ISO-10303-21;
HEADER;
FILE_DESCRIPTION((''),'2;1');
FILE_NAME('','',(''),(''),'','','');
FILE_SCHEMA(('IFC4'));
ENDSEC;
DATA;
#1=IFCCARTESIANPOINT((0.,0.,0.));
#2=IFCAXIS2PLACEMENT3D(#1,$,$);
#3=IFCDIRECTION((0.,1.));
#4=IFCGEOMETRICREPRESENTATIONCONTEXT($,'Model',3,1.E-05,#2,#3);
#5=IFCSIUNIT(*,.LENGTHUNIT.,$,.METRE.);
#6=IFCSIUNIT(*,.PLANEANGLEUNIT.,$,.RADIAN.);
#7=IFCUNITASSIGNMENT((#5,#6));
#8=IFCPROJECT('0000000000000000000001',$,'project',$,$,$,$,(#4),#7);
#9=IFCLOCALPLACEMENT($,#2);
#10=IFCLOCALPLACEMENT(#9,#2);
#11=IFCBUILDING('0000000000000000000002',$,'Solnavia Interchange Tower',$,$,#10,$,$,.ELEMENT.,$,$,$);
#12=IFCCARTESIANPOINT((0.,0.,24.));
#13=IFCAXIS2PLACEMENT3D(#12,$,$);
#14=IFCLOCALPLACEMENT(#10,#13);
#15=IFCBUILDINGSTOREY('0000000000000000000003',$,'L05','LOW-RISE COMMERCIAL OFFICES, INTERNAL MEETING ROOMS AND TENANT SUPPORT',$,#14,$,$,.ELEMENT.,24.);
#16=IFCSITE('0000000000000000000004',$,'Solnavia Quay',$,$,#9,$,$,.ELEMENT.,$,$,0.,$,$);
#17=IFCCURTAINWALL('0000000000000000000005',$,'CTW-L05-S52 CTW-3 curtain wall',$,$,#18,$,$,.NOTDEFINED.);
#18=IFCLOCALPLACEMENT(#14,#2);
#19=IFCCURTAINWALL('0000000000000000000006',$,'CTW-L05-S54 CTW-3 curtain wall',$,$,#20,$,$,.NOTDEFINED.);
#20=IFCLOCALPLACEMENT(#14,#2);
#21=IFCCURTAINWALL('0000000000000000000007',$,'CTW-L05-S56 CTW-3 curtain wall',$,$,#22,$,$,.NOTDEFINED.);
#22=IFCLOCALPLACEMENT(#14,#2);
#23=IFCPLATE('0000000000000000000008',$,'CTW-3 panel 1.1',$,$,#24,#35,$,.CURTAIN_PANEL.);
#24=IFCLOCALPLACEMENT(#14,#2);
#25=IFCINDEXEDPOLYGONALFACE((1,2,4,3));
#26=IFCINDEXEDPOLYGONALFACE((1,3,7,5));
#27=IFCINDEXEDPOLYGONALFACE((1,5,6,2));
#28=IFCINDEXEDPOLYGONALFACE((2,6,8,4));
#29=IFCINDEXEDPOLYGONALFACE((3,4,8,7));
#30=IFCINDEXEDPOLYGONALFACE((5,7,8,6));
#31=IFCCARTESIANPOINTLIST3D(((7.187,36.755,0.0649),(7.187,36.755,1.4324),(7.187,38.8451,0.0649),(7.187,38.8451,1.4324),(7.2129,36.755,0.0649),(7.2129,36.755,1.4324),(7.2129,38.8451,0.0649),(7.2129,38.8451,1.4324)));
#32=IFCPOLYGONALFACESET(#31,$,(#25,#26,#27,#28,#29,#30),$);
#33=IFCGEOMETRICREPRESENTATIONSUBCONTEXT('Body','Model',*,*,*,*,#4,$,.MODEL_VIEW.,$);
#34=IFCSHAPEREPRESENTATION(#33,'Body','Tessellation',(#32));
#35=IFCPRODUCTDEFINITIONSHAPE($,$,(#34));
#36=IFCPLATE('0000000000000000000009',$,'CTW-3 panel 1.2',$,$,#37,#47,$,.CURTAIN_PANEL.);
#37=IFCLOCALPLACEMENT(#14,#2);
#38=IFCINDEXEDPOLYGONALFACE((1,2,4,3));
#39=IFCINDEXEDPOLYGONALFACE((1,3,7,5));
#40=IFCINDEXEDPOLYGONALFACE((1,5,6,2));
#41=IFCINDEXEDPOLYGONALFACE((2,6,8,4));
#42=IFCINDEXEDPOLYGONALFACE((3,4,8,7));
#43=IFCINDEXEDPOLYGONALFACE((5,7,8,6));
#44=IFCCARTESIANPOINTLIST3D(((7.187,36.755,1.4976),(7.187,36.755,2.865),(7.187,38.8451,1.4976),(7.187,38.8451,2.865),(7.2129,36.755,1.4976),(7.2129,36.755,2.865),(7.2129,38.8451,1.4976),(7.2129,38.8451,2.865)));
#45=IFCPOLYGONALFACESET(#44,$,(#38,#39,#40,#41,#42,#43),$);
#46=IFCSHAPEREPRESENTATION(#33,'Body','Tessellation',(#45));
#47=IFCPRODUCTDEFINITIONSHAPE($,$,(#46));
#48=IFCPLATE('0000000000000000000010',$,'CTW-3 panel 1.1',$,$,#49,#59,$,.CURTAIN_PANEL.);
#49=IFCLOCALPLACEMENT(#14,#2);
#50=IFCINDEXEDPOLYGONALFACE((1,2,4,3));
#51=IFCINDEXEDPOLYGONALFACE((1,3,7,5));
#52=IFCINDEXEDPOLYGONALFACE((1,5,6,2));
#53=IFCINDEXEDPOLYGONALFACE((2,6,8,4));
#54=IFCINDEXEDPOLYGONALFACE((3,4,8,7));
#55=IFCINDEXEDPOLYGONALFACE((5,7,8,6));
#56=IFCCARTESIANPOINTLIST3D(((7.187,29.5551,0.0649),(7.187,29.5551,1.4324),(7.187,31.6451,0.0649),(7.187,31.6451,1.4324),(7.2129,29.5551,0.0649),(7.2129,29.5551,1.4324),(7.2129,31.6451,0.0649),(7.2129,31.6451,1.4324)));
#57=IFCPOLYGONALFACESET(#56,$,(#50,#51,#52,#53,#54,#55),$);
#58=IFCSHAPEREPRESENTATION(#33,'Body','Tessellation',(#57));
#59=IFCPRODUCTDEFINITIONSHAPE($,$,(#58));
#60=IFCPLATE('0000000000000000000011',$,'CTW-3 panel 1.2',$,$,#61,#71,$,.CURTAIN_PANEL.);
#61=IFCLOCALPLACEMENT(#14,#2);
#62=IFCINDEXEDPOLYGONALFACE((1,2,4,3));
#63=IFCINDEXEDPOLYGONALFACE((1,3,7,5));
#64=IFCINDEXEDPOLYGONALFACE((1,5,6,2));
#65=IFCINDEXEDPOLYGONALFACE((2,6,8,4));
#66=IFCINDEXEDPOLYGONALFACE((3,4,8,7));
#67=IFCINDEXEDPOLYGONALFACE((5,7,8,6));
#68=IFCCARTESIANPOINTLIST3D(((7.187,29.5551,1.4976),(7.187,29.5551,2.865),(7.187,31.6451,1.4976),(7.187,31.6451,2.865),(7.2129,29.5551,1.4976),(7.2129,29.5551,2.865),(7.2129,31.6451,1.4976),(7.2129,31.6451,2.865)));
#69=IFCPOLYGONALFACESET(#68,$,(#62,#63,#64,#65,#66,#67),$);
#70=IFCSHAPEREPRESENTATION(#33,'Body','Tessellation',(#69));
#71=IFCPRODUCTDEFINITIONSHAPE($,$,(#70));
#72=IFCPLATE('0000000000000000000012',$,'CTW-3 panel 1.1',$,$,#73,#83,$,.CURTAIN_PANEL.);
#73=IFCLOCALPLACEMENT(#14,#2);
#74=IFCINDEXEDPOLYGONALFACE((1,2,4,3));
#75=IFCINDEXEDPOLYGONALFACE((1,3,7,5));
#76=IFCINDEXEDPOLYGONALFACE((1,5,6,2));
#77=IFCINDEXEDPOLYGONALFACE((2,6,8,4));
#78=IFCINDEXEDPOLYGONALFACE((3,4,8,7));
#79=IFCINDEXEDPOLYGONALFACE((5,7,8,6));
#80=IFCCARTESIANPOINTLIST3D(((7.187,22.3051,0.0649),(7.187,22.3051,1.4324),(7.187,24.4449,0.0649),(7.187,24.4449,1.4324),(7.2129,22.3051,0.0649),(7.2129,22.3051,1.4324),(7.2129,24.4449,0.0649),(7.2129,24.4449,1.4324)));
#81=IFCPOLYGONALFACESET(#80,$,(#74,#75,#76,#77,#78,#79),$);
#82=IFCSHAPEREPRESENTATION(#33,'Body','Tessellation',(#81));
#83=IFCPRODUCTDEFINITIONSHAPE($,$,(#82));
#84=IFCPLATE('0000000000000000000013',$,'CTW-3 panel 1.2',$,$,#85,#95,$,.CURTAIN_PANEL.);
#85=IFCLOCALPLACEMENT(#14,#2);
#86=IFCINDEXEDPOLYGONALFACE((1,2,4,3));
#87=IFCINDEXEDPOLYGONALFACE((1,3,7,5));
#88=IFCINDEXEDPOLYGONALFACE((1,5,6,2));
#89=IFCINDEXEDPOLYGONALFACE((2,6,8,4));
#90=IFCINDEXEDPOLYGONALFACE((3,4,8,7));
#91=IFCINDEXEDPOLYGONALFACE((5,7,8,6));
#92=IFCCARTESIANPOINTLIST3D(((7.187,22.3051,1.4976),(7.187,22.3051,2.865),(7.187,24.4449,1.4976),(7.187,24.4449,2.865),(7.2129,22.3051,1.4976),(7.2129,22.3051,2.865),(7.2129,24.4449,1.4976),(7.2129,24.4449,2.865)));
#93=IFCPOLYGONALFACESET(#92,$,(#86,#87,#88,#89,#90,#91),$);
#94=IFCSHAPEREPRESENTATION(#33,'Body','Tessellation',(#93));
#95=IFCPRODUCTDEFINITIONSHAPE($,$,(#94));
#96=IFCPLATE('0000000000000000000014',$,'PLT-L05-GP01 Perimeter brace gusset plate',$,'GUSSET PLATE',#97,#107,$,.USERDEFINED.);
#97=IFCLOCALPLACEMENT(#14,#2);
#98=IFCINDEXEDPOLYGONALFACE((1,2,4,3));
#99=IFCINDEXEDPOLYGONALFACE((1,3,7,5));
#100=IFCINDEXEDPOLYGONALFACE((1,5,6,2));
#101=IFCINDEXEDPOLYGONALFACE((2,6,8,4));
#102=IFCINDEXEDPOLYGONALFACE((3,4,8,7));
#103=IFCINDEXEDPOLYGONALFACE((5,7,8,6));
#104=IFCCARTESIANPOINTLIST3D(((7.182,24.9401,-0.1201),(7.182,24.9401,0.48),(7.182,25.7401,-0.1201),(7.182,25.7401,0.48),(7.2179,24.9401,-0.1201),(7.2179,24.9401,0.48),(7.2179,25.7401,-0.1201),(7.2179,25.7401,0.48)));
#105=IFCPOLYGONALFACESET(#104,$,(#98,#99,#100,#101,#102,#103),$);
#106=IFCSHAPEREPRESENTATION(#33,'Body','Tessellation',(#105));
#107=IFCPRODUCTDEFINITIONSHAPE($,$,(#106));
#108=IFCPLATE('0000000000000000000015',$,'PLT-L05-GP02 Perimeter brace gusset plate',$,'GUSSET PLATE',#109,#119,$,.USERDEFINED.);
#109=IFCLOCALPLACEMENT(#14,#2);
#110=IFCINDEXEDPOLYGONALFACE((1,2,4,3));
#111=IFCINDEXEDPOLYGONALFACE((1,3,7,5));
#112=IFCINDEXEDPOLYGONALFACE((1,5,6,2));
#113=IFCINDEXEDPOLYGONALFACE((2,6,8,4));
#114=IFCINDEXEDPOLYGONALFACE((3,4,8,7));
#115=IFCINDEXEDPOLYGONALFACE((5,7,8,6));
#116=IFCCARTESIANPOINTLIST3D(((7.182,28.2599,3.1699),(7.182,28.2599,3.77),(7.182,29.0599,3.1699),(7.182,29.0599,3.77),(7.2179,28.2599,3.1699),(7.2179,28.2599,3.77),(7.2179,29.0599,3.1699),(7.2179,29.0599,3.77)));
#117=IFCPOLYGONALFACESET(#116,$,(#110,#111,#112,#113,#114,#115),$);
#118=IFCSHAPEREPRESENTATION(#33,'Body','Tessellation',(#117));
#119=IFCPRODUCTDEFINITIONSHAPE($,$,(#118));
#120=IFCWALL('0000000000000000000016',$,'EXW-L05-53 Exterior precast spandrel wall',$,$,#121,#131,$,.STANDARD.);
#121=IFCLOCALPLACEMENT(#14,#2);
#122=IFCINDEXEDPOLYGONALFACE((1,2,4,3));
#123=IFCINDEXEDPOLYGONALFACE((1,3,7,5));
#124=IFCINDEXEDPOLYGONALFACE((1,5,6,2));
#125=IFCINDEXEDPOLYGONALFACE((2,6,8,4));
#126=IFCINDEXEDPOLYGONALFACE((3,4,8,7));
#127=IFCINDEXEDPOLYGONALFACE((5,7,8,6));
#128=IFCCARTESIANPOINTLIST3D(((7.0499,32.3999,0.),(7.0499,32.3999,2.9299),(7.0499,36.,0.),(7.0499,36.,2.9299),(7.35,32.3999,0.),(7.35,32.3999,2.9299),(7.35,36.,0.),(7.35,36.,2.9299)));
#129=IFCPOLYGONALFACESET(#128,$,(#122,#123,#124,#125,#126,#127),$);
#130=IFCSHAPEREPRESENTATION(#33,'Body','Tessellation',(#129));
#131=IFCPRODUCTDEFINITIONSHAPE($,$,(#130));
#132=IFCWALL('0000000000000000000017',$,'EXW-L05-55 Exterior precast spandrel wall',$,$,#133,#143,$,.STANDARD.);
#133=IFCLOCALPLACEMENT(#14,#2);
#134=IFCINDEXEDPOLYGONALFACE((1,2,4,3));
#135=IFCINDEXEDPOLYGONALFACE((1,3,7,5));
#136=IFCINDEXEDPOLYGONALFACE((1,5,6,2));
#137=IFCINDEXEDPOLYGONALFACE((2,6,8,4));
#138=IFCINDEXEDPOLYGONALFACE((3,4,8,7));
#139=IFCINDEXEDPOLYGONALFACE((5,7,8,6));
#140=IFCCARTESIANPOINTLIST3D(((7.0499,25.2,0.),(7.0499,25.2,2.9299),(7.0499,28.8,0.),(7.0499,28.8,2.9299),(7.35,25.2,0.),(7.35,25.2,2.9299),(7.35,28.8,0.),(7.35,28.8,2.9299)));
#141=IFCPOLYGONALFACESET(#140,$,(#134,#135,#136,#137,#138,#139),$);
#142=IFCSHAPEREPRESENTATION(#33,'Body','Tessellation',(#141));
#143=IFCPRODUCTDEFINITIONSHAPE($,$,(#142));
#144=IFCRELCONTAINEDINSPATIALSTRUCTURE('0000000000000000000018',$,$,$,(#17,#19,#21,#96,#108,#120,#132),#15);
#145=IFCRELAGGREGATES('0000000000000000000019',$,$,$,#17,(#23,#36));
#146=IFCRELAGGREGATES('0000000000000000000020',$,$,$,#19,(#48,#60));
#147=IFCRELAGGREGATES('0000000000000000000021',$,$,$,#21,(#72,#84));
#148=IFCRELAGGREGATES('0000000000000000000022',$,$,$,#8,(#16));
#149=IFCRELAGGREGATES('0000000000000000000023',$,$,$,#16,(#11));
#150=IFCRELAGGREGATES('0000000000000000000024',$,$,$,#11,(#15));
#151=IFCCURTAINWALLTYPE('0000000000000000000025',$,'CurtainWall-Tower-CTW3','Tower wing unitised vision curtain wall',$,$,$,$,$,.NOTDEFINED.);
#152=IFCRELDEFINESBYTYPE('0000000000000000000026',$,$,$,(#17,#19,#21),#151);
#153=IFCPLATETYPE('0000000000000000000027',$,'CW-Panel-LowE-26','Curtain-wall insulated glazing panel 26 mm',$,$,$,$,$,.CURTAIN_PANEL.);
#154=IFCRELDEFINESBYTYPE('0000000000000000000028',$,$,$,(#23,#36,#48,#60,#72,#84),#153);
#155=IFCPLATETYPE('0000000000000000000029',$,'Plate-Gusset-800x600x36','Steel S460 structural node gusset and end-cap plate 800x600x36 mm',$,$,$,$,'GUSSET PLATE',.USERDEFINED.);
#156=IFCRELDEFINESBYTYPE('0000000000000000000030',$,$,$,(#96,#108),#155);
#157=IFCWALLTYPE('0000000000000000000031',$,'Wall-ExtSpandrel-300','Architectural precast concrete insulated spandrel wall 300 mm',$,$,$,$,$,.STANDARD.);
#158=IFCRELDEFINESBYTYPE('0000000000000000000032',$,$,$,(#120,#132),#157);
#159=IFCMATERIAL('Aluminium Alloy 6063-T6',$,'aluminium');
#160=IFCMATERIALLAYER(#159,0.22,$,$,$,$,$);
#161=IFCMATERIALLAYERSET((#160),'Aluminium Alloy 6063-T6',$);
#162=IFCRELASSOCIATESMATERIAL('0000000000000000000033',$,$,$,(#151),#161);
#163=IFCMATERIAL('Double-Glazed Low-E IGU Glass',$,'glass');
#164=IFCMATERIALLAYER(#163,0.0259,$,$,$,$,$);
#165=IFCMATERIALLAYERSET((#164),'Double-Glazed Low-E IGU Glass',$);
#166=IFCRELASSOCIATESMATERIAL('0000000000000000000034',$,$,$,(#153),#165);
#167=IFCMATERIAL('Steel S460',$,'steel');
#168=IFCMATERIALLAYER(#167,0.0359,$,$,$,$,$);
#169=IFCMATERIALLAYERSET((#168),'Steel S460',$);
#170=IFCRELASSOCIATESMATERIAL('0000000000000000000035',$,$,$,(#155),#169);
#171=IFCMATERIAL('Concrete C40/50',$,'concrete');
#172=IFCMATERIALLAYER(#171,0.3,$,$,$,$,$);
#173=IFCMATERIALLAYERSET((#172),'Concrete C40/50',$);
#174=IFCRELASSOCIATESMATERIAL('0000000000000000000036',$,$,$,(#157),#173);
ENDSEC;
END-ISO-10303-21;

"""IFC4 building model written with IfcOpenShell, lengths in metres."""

from ifc_helpers import new_model, si_unit, direction, frame, frame_2d, origin, origin_2d, place, context, subcontext, project, spatial, rectangle, extrude, material, layer, layer_set, type_object, element, aggregate, save


model = new_model("IFC4")

# Units and contexts
model_context = context("Model", 3, precision=1e-05, world=origin(), true_north=direction((0.0, 1.0)))
body_context = subcontext(model_context, "Body", "Model", "MODEL_VIEW")
ifc_project = project(units=[si_unit("LENGTHUNIT", "METRE"), si_unit("PLANEANGLEUNIT", "RADIAN")], contexts=[model_context])

# Site, building, storey
site_placement = place(None, origin())
site = spatial("IfcSite", under=ifc_project, at=site_placement, Name="Solnavia Quay", CompositionType="ELEMENT", RefElevation=0.0)
building_placement = place(site_placement, origin())
building = spatial("IfcBuilding", under=site, at=building_placement, Name="Solnavia Interchange Tower", CompositionType="ELEMENT")
storey_placement = place(building_placement, frame((0.0, 0.0, 24.0)))
storey = spatial("IfcBuildingStorey", under=building, at=storey_placement, Name="L05", Description="LOW-RISE COMMERCIAL OFFICES, INTERNAL MEETING ROOMS AND TENANT SUPPORT", CompositionType="ELEMENT", Elevation=24.0)

# Shared definitions
ifc_material_1 = material(Name="Steel S460", Category="steel")

# Curtain wall
ifc_material_2 = material(Name="Aluminium Alloy 6063-T6", Category="aluminium")
ifc_layer_1 = layer(ifc_material_2, 0.22)
ifc_layer_set_1 = layer_set([ifc_layer_1], Name="Aluminium Alloy 6063-T6")
curtain_wall_type = type_object("IfcCurtainWallType", Name="CurtainWall-Tower-CTW3", Description="Tower wing unitised vision curtain wall", PredefinedType="NOTDEFINED", material=ifc_layer_set_1)
curtain_wall_1_placement = place(storey_placement, origin())
curtain_wall_1 = element("IfcCurtainWall", 1, at=curtain_wall_1_placement, inside=storey, type_object=curtain_wall_type, Name="CTW-L05-S52 CTW-3 curtain wall", PredefinedType="NOTDEFINED")

# Curtain wall
curtain_wall_2_placement = place(storey_placement, origin())
curtain_wall_2 = element("IfcCurtainWall", 2, at=curtain_wall_2_placement, inside=storey, type_object=curtain_wall_type, Name="CTW-L05-S54 CTW-3 curtain wall", PredefinedType="NOTDEFINED")

# Curtain wall
curtain_wall_3_placement = place(storey_placement, origin())
curtain_wall_3 = element("IfcCurtainWall", 3, at=curtain_wall_3_placement, inside=storey, type_object=curtain_wall_type, Name="CTW-L05-S56 CTW-3 curtain wall", PredefinedType="NOTDEFINED")

# Plates
ifc_material_3 = material(Name="Double-Glazed Low-E IGU Glass", Category="glass")
ifc_layer_2 = layer(ifc_material_3, 0.0259)
ifc_layer_set_2 = layer_set([ifc_layer_2], Name="Double-Glazed Low-E IGU Glass")
plate_type_1 = type_object("IfcPlateType", Name="CW-Panel-LowE-26", Description="Curtain-wall insulated glazing panel 26 mm", PredefinedType="CURTAIN_PANEL", material=ifc_layer_set_2)
plate_1_placement = place(storey_placement, frame((7.2, 37.8, 0.0649), z_axis=(0.0, 0.0, 1.0), x_axis=(0.0, -1.0, 0.0)))
plate_1 = element("IfcPlate", 4, at=plate_1_placement, type_object=plate_type_1, Name="CTW-3 panel 1.1", PredefinedType="CURTAIN_PANEL", context=body_context, shape_type="SweptSolid", body=[
    extrude(rectangle(XDim=2.0901, YDim=0.0259, at=origin_2d()), origin(), (0.0, 0.0, 1.0), 1.3674),
])
plate_2_placement = place(storey_placement, frame((7.2, 37.8, 1.4976), z_axis=(0.0, 0.0, 1.0), x_axis=(0.0, -1.0, 0.0)))
plate_2 = element("IfcPlate", 5, at=plate_2_placement, type_object=plate_type_1, Name="CTW-3 panel 1.2", PredefinedType="CURTAIN_PANEL", context=body_context, shape_type="SweptSolid", body=[
    extrude(rectangle(XDim=2.0901, YDim=0.0259, at=origin_2d()), origin(), (0.0, 0.0, 1.0), 1.3674),
])
aggregate(curtain_wall_1, [plate_1, plate_2])
plate_3_placement = place(storey_placement, frame((7.2, 30.6001, 0.0649), z_axis=(0.0, 0.0, 1.0), x_axis=(0.0, -1.0, 0.0)))
plate_3 = element("IfcPlate", 6, at=plate_3_placement, type_object=plate_type_1, Name="CTW-3 panel 1.1", PredefinedType="CURTAIN_PANEL", context=body_context, shape_type="SweptSolid", body=[
    extrude(rectangle(XDim=2.0901, YDim=0.0259, at=origin_2d()), origin(), (0.0, 0.0, 1.0), 1.3674),
])
plate_4_placement = place(storey_placement, frame((7.2, 30.6001, 1.4976), z_axis=(0.0, 0.0, 1.0), x_axis=(0.0, -1.0, 0.0)))
plate_4 = element("IfcPlate", 7, at=plate_4_placement, type_object=plate_type_1, Name="CTW-3 panel 1.2", PredefinedType="CURTAIN_PANEL", context=body_context, shape_type="SweptSolid", body=[
    extrude(rectangle(XDim=2.0901, YDim=0.0259, at=origin_2d()), origin(), (0.0, 0.0, 1.0), 1.3674),
])
aggregate(curtain_wall_2, [plate_3, plate_4])
plate_5_placement = place(storey_placement, frame((7.2, 23.375, 0.0649), z_axis=(0.0, 0.0, 1.0), x_axis=(0.0, -1.0, 0.0)))
plate_5 = element("IfcPlate", 8, at=plate_5_placement, type_object=plate_type_1, Name="CTW-3 panel 1.1", PredefinedType="CURTAIN_PANEL", context=body_context, shape_type="SweptSolid", body=[
    extrude(rectangle(XDim=2.1399, YDim=0.0259, at=origin_2d()), origin(), (0.0, 0.0, 1.0), 1.3674),
])
plate_6_placement = place(storey_placement, frame((7.2, 23.375, 1.4976), z_axis=(0.0, 0.0, 1.0), x_axis=(0.0, -1.0, 0.0)))
plate_6 = element("IfcPlate", 9, at=plate_6_placement, type_object=plate_type_1, Name="CTW-3 panel 1.2", PredefinedType="CURTAIN_PANEL", context=body_context, shape_type="SweptSolid", body=[
    extrude(rectangle(XDim=2.1399, YDim=0.0259, at=origin_2d()), origin(), (0.0, 0.0, 1.0), 1.3674),
])
aggregate(curtain_wall_3, [plate_5, plate_6])

# Plates
ifc_layer_3 = layer(ifc_material_1, 0.0359)
ifc_layer_set_3 = layer_set([ifc_layer_3], Name="Steel S460")
plate_type_2 = type_object("IfcPlateType", Name="Plate-Gusset-800x600x36", Description="Steel S460 structural node gusset and end-cap plate 800x600x36 mm", ElementType="GUSSET PLATE", PredefinedType="USERDEFINED", material=ifc_layer_set_3)
for number, where, z_axis, x_axis, name in (
    (10, (7.2, 25.3401, -0.1201), (0.0, 0.0, 1.0), (0.0, 1.0, 0.0), "PLT-L05-GP01 Perimeter brace gusset plate"),
    (11, (7.2, 28.6599, 3.1699), (0.0, 0.0, 1.0), (0.0, 1.0, 0.0), "PLT-L05-GP02 Perimeter brace gusset plate"),
):
    element("IfcPlate", number, at=place(storey_placement, frame(where, z_axis=z_axis, x_axis=x_axis)), inside=storey, type_object=plate_type_2, Name=name, ObjectType="GUSSET PLATE", PredefinedType="USERDEFINED", context=body_context, shape_type="SweptSolid", body=[
        extrude(rectangle(XDim=0.8, YDim=0.0359, at=origin_2d()), origin(), (0.0, 0.0, 1.0), 0.6001),
    ])

# Walls
ifc_material_4 = material(Name="Concrete C40/50", Category="concrete")
ifc_layer_4 = layer(ifc_material_4, 0.3)
ifc_layer_set_4 = layer_set([ifc_layer_4], Name="Concrete C40/50")
wall_type = type_object("IfcWallType", Name="Wall-ExtSpandrel-300", Description="Architectural precast concrete insulated spandrel wall 300 mm", PredefinedType="STANDARD", material=ifc_layer_set_4)
for number, where, z_axis, x_axis, name in (
    (12, (7.2, 32.3999, 0.0), (0.0, 0.0, 1.0), (0.0, 1.0, 0.0), "EXW-L05-53 Exterior precast spandrel wall"),
    (13, (7.2, 25.2, 0.0), (0.0, 0.0, 1.0), (0.0, 1.0, 0.0), "EXW-L05-55 Exterior precast spandrel wall"),
):
    element("IfcWall", number, at=place(storey_placement, frame(where, z_axis=z_axis, x_axis=x_axis)), inside=storey, type_object=wall_type, Name=name, PredefinedType="STANDARD", context=body_context, shape_type="SweptSolid", body=[
        extrude(rectangle(XDim=3.6001, YDim=0.3, at=frame_2d((1.8, 0.0))), origin(), (0.0, 0.0, 1.0), 2.9299),
    ])

save(model, "model.ifc")
